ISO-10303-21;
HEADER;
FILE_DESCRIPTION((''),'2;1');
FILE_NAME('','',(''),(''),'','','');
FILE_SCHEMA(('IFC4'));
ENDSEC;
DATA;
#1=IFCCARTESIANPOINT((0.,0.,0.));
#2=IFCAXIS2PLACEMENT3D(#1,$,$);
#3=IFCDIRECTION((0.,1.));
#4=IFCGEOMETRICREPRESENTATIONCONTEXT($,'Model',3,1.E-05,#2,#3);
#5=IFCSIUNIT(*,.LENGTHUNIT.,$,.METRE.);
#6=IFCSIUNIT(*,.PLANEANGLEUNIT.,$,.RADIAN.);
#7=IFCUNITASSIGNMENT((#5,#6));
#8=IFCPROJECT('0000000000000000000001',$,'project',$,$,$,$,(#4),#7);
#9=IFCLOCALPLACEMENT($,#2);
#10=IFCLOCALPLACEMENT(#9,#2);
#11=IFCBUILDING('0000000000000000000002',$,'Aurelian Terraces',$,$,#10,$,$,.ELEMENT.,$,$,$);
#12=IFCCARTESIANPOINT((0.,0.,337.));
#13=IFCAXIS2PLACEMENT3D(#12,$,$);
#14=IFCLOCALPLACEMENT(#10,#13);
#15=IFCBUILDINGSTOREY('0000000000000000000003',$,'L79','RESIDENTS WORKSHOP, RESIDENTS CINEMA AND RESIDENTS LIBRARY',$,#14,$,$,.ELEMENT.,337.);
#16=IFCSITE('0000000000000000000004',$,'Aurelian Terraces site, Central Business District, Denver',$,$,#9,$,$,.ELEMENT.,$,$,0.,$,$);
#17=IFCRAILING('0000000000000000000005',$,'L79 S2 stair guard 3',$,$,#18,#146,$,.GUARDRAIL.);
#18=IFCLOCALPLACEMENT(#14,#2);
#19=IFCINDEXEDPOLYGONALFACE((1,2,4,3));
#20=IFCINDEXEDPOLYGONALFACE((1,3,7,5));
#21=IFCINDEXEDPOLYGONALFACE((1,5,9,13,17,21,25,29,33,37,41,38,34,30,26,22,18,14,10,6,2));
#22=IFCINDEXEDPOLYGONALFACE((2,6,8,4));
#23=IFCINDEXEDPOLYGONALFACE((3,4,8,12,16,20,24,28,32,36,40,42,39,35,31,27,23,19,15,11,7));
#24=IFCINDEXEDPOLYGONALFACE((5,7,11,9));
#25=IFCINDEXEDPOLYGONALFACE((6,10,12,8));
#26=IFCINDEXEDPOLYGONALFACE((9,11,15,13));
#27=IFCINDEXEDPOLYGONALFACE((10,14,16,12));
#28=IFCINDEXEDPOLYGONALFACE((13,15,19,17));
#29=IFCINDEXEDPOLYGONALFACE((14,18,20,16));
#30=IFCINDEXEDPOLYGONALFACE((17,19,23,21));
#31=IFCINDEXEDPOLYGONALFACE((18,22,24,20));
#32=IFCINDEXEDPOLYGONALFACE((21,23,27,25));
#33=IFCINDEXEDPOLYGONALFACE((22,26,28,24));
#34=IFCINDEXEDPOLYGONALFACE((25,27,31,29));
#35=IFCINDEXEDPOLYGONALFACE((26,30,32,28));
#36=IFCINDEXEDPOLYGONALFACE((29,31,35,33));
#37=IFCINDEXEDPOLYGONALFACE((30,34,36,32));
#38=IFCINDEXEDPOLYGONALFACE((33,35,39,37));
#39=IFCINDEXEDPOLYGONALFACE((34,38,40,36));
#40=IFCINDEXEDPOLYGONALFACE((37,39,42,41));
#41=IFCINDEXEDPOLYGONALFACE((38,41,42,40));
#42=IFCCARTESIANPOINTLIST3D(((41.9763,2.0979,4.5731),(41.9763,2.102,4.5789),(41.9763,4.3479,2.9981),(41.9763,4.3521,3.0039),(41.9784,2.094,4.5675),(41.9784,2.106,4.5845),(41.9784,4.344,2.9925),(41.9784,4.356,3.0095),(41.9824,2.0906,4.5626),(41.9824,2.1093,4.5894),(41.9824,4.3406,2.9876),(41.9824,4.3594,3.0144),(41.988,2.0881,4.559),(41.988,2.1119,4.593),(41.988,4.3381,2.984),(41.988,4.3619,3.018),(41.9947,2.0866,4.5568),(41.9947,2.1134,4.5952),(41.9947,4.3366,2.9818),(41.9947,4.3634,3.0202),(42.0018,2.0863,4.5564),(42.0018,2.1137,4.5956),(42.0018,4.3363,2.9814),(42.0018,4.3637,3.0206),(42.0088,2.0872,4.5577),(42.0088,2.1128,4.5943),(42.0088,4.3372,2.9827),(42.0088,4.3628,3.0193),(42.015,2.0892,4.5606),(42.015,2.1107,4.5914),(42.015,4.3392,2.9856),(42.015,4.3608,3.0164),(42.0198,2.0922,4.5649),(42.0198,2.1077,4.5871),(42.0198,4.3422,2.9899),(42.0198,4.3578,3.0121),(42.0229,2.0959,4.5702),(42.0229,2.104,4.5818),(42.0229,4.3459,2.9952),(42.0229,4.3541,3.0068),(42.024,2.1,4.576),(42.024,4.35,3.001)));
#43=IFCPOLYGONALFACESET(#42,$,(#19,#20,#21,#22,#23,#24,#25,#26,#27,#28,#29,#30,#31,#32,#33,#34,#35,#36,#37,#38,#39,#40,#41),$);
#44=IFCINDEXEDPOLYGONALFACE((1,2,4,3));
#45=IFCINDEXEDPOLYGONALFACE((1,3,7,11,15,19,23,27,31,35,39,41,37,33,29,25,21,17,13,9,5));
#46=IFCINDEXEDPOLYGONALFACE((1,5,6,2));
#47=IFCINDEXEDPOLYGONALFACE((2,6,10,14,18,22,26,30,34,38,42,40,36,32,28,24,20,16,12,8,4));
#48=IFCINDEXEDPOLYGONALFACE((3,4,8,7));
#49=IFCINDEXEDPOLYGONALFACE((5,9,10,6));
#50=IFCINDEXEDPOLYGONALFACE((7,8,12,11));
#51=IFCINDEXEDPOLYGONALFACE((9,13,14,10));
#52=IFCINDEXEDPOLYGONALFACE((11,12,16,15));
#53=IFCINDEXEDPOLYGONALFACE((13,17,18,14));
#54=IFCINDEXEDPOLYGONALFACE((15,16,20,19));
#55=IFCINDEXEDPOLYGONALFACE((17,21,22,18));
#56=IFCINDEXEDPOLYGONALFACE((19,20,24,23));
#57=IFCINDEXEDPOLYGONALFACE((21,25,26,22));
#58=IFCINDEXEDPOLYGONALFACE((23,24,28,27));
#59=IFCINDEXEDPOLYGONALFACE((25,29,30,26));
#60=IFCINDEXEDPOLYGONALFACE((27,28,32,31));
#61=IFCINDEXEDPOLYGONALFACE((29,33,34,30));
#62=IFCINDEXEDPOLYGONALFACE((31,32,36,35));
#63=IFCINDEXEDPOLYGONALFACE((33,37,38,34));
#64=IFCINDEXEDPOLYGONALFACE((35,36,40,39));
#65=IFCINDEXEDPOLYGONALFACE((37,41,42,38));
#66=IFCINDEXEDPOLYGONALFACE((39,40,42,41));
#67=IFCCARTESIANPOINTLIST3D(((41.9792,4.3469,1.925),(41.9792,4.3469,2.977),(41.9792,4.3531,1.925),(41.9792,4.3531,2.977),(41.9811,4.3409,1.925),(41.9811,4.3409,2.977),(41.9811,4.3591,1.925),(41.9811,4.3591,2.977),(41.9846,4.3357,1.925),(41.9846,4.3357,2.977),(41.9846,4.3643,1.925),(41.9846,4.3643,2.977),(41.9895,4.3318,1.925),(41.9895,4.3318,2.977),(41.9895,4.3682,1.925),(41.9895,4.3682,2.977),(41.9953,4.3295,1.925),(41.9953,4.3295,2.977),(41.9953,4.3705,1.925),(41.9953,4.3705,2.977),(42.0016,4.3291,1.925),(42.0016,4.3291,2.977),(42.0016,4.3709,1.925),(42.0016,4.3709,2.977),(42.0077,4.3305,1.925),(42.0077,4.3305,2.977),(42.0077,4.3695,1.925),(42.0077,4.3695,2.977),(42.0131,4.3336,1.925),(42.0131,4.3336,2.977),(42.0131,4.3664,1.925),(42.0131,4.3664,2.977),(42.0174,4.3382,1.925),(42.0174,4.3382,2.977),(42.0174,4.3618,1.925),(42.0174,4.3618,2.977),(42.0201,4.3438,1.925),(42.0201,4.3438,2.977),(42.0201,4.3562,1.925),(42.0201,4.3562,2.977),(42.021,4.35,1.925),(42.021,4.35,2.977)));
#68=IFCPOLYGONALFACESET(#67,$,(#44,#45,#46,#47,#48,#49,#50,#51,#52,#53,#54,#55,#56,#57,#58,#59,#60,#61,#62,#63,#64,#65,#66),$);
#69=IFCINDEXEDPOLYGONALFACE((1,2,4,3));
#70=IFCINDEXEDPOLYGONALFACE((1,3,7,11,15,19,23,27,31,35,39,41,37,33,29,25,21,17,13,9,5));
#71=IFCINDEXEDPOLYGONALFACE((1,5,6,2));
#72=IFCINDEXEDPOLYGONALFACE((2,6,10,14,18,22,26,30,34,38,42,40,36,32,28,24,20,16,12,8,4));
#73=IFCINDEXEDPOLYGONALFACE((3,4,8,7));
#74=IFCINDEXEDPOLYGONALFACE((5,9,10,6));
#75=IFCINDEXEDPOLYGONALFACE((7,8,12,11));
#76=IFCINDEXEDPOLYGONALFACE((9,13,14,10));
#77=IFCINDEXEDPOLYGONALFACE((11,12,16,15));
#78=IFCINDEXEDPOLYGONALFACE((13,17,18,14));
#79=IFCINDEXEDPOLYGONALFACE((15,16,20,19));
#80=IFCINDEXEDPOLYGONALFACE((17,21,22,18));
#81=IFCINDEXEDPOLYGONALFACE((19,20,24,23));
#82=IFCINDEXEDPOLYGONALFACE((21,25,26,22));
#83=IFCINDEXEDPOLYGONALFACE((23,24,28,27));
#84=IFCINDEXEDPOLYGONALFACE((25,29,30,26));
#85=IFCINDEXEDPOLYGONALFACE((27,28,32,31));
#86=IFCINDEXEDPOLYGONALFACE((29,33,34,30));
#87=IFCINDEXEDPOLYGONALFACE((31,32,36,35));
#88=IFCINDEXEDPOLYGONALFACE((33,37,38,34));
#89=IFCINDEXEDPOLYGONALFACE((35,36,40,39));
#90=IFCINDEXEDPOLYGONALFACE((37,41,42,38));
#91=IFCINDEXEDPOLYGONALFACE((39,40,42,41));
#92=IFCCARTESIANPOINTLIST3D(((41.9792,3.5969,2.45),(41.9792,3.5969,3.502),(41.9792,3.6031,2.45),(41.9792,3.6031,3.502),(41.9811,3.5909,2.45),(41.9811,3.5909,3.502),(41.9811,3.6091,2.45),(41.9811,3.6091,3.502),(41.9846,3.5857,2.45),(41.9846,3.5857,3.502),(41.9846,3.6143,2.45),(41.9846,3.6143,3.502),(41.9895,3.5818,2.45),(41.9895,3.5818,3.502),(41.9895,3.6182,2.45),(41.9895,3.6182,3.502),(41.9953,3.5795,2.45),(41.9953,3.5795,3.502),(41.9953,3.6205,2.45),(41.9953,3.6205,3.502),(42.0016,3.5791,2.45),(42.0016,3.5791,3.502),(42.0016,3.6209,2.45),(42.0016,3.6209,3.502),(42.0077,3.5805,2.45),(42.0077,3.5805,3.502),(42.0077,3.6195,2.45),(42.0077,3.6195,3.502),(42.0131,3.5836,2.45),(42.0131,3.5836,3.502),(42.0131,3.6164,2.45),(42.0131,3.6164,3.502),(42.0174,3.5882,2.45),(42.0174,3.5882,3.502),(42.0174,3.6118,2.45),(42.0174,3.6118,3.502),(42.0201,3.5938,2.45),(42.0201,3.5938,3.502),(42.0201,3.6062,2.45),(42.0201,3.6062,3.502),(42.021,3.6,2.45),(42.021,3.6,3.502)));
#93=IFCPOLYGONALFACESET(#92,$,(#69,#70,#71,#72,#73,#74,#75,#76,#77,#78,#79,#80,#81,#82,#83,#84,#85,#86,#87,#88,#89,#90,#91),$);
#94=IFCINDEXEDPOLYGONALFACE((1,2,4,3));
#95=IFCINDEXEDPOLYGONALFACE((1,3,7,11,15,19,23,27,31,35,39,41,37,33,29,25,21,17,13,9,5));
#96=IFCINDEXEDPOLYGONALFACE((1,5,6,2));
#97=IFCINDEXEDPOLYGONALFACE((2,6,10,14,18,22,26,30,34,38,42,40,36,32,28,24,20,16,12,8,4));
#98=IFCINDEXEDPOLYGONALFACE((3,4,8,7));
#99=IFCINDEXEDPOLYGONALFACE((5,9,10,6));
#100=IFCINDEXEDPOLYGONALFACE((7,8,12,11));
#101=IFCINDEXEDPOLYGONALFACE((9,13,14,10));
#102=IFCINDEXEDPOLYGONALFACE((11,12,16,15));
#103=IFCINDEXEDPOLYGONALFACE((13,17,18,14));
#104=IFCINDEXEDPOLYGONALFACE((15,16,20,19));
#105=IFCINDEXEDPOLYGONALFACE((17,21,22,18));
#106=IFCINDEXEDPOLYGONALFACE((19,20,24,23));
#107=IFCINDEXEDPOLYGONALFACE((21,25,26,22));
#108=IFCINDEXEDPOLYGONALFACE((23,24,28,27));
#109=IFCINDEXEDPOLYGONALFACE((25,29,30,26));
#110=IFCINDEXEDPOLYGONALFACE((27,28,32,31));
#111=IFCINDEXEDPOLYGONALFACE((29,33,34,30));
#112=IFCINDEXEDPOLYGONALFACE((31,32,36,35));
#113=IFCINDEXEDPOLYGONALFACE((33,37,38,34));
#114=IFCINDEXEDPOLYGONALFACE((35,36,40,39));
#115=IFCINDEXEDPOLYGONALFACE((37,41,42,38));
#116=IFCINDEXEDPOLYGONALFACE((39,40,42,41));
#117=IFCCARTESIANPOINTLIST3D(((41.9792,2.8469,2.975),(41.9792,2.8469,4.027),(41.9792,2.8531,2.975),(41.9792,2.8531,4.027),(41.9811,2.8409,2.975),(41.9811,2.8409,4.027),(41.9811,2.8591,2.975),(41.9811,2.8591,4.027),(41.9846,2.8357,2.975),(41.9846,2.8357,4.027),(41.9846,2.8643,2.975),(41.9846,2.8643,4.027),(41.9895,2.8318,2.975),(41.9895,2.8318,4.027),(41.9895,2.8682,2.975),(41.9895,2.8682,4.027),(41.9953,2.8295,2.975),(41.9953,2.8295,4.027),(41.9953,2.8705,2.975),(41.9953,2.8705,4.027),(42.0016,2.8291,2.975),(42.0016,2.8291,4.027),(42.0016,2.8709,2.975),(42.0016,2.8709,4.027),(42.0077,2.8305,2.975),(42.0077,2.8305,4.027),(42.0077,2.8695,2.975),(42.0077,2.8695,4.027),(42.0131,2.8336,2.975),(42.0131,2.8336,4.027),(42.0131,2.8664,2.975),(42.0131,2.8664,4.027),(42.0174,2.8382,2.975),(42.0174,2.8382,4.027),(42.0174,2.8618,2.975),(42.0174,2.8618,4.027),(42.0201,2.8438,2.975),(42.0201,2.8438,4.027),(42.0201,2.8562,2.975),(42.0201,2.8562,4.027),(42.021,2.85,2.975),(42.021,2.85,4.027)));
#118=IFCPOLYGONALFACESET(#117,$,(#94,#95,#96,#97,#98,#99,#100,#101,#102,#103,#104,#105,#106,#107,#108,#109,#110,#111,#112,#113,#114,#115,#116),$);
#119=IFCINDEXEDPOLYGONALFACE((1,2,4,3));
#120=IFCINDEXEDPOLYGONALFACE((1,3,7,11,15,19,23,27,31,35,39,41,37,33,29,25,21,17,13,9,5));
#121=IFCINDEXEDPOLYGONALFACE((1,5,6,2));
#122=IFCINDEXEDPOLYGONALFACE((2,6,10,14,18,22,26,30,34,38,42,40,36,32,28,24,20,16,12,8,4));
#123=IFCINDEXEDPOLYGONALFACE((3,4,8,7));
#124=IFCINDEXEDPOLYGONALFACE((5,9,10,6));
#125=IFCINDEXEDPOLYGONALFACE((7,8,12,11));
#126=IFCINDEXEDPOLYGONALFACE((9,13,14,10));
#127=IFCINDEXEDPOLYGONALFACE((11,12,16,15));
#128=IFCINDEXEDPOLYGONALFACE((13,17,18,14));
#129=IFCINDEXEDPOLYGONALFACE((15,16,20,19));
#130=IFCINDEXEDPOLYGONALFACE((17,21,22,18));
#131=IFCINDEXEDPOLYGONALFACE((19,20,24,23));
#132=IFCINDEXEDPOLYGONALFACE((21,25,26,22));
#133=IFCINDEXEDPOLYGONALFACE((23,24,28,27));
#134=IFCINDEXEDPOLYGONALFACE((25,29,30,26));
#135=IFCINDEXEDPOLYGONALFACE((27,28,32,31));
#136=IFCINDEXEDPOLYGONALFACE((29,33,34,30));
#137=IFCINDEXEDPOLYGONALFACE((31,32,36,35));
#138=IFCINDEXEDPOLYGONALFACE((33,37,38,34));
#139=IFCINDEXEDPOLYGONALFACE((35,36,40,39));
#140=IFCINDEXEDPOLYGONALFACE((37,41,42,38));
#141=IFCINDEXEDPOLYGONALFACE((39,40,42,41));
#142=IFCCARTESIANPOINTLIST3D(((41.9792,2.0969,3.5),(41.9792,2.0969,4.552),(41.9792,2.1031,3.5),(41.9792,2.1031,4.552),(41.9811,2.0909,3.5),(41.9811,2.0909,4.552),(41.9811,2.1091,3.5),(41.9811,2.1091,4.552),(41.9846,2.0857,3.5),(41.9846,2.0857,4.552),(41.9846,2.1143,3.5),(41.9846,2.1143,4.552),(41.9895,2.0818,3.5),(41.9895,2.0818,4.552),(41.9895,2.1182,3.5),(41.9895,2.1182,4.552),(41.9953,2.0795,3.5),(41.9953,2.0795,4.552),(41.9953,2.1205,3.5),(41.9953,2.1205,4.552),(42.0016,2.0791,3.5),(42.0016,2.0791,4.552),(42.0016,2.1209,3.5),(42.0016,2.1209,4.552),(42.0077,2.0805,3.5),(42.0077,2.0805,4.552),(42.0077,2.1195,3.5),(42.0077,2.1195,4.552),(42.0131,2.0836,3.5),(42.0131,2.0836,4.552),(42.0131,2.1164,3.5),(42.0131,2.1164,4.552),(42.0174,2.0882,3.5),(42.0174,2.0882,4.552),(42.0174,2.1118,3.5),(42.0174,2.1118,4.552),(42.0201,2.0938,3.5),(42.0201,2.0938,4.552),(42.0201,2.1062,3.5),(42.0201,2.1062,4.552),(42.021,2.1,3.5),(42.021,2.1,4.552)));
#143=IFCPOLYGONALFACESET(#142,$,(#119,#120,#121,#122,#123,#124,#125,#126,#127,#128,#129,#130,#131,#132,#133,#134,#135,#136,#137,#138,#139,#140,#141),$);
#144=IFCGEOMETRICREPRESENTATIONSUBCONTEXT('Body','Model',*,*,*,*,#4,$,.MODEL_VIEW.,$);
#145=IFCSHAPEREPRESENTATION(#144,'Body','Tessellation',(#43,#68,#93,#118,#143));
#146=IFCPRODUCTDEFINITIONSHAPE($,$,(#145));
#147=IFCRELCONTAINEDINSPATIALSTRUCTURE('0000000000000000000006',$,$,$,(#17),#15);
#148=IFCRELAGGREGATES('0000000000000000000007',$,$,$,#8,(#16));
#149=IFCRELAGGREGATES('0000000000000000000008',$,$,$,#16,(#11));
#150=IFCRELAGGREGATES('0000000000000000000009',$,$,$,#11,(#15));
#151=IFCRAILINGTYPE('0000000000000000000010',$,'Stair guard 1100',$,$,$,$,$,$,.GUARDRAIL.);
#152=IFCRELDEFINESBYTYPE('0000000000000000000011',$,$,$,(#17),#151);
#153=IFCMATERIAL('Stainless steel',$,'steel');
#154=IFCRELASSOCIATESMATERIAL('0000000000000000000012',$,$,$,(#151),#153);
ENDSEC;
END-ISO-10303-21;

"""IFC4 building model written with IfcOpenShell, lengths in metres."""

from ifc_helpers import new_model, si_unit, direction, frame, origin, origin_2d, place, context, subcontext, project, spatial, circle, extrude, source, transform, mapped, material, type_object, element, save


model = new_model("IFC4")

# Units and contexts
model_context = context("Model", 3, precision=1e-05, world=origin(), true_north=direction((0.0, 1.0)))
body_context = subcontext(model_context, "Body", "Model", "MODEL_VIEW")
ifc_project = project(units=[si_unit("LENGTHUNIT", "METRE"), si_unit("PLANEANGLEUNIT", "RADIAN")], contexts=[model_context])

# Site, building, storey
site_placement = place(None, origin())
site = spatial("IfcSite", under=ifc_project, at=site_placement, Name="Aurelian Terraces site, Central Business District, Denver", CompositionType="ELEMENT", RefElevation=0.0)
building_placement = place(site_placement, origin())
building = spatial("IfcBuilding", under=site, at=building_placement, Name="Aurelian Terraces", CompositionType="ELEMENT")
storey_placement = place(building_placement, frame((0.0, 0.0, 337.0)))
storey = spatial("IfcBuildingStorey", under=building, at=storey_placement, Name="L79", Description="RESIDENTS WORKSHOP, RESIDENTS CINEMA AND RESIDENTS LIBRARY", CompositionType="ELEMENT", Elevation=337.0)

# Railing
ifc_material_1 = material(Name="Stainless steel", Category="steel")
railing_type_1 = type_object("IfcRailingType", Name="Stair guard 1100", PredefinedType="GUARDRAIL", material=ifc_material_1)
shared_shape_1 = source(origin(), body_context, "Body", "SweptSolid", [
    extrude(circle(Radius=0.024, at=origin_2d()), frame((0.0, 0.0, 1.076), z_axis=(0.0, -0.819232, 0.573462), x_axis=(1.0, 0.0, 0.0)), (0.0, 0.0, 1.0), 2.7465),
    extrude(circle(Radius=0.021, at=origin_2d()), origin(), (0.0, 0.0, 1.0), 1.052),
    extrude(circle(Radius=0.021, at=origin_2d()), frame((0.0, -0.75, 0.525)), (0.0, 0.0, 1.0), 1.052),
    extrude(circle(Radius=0.021, at=origin_2d()), frame((0.0, -1.5, 1.05)), (0.0, 0.0, 1.0), 1.052),
    extrude(circle(Radius=0.021, at=origin_2d()), frame((0.0, -2.25, 1.575)), (0.0, 0.0, 1.0), 1.052),
])
railing_1_placement = place(storey_placement, frame((42.0, 4.35, 1.925)))
element("IfcRailing", 1, at=railing_1_placement, inside=storey, type_object=railing_type_1, Name="L79 S2 stair guard 3", PredefinedType="GUARDRAIL", context=body_context, shape_type="MappedRepresentation", body=[
    mapped(shared_shape_1, transform((0.0, 0.0, 0.0), scale=1.0)),
])

save(model, "model.ifc")
